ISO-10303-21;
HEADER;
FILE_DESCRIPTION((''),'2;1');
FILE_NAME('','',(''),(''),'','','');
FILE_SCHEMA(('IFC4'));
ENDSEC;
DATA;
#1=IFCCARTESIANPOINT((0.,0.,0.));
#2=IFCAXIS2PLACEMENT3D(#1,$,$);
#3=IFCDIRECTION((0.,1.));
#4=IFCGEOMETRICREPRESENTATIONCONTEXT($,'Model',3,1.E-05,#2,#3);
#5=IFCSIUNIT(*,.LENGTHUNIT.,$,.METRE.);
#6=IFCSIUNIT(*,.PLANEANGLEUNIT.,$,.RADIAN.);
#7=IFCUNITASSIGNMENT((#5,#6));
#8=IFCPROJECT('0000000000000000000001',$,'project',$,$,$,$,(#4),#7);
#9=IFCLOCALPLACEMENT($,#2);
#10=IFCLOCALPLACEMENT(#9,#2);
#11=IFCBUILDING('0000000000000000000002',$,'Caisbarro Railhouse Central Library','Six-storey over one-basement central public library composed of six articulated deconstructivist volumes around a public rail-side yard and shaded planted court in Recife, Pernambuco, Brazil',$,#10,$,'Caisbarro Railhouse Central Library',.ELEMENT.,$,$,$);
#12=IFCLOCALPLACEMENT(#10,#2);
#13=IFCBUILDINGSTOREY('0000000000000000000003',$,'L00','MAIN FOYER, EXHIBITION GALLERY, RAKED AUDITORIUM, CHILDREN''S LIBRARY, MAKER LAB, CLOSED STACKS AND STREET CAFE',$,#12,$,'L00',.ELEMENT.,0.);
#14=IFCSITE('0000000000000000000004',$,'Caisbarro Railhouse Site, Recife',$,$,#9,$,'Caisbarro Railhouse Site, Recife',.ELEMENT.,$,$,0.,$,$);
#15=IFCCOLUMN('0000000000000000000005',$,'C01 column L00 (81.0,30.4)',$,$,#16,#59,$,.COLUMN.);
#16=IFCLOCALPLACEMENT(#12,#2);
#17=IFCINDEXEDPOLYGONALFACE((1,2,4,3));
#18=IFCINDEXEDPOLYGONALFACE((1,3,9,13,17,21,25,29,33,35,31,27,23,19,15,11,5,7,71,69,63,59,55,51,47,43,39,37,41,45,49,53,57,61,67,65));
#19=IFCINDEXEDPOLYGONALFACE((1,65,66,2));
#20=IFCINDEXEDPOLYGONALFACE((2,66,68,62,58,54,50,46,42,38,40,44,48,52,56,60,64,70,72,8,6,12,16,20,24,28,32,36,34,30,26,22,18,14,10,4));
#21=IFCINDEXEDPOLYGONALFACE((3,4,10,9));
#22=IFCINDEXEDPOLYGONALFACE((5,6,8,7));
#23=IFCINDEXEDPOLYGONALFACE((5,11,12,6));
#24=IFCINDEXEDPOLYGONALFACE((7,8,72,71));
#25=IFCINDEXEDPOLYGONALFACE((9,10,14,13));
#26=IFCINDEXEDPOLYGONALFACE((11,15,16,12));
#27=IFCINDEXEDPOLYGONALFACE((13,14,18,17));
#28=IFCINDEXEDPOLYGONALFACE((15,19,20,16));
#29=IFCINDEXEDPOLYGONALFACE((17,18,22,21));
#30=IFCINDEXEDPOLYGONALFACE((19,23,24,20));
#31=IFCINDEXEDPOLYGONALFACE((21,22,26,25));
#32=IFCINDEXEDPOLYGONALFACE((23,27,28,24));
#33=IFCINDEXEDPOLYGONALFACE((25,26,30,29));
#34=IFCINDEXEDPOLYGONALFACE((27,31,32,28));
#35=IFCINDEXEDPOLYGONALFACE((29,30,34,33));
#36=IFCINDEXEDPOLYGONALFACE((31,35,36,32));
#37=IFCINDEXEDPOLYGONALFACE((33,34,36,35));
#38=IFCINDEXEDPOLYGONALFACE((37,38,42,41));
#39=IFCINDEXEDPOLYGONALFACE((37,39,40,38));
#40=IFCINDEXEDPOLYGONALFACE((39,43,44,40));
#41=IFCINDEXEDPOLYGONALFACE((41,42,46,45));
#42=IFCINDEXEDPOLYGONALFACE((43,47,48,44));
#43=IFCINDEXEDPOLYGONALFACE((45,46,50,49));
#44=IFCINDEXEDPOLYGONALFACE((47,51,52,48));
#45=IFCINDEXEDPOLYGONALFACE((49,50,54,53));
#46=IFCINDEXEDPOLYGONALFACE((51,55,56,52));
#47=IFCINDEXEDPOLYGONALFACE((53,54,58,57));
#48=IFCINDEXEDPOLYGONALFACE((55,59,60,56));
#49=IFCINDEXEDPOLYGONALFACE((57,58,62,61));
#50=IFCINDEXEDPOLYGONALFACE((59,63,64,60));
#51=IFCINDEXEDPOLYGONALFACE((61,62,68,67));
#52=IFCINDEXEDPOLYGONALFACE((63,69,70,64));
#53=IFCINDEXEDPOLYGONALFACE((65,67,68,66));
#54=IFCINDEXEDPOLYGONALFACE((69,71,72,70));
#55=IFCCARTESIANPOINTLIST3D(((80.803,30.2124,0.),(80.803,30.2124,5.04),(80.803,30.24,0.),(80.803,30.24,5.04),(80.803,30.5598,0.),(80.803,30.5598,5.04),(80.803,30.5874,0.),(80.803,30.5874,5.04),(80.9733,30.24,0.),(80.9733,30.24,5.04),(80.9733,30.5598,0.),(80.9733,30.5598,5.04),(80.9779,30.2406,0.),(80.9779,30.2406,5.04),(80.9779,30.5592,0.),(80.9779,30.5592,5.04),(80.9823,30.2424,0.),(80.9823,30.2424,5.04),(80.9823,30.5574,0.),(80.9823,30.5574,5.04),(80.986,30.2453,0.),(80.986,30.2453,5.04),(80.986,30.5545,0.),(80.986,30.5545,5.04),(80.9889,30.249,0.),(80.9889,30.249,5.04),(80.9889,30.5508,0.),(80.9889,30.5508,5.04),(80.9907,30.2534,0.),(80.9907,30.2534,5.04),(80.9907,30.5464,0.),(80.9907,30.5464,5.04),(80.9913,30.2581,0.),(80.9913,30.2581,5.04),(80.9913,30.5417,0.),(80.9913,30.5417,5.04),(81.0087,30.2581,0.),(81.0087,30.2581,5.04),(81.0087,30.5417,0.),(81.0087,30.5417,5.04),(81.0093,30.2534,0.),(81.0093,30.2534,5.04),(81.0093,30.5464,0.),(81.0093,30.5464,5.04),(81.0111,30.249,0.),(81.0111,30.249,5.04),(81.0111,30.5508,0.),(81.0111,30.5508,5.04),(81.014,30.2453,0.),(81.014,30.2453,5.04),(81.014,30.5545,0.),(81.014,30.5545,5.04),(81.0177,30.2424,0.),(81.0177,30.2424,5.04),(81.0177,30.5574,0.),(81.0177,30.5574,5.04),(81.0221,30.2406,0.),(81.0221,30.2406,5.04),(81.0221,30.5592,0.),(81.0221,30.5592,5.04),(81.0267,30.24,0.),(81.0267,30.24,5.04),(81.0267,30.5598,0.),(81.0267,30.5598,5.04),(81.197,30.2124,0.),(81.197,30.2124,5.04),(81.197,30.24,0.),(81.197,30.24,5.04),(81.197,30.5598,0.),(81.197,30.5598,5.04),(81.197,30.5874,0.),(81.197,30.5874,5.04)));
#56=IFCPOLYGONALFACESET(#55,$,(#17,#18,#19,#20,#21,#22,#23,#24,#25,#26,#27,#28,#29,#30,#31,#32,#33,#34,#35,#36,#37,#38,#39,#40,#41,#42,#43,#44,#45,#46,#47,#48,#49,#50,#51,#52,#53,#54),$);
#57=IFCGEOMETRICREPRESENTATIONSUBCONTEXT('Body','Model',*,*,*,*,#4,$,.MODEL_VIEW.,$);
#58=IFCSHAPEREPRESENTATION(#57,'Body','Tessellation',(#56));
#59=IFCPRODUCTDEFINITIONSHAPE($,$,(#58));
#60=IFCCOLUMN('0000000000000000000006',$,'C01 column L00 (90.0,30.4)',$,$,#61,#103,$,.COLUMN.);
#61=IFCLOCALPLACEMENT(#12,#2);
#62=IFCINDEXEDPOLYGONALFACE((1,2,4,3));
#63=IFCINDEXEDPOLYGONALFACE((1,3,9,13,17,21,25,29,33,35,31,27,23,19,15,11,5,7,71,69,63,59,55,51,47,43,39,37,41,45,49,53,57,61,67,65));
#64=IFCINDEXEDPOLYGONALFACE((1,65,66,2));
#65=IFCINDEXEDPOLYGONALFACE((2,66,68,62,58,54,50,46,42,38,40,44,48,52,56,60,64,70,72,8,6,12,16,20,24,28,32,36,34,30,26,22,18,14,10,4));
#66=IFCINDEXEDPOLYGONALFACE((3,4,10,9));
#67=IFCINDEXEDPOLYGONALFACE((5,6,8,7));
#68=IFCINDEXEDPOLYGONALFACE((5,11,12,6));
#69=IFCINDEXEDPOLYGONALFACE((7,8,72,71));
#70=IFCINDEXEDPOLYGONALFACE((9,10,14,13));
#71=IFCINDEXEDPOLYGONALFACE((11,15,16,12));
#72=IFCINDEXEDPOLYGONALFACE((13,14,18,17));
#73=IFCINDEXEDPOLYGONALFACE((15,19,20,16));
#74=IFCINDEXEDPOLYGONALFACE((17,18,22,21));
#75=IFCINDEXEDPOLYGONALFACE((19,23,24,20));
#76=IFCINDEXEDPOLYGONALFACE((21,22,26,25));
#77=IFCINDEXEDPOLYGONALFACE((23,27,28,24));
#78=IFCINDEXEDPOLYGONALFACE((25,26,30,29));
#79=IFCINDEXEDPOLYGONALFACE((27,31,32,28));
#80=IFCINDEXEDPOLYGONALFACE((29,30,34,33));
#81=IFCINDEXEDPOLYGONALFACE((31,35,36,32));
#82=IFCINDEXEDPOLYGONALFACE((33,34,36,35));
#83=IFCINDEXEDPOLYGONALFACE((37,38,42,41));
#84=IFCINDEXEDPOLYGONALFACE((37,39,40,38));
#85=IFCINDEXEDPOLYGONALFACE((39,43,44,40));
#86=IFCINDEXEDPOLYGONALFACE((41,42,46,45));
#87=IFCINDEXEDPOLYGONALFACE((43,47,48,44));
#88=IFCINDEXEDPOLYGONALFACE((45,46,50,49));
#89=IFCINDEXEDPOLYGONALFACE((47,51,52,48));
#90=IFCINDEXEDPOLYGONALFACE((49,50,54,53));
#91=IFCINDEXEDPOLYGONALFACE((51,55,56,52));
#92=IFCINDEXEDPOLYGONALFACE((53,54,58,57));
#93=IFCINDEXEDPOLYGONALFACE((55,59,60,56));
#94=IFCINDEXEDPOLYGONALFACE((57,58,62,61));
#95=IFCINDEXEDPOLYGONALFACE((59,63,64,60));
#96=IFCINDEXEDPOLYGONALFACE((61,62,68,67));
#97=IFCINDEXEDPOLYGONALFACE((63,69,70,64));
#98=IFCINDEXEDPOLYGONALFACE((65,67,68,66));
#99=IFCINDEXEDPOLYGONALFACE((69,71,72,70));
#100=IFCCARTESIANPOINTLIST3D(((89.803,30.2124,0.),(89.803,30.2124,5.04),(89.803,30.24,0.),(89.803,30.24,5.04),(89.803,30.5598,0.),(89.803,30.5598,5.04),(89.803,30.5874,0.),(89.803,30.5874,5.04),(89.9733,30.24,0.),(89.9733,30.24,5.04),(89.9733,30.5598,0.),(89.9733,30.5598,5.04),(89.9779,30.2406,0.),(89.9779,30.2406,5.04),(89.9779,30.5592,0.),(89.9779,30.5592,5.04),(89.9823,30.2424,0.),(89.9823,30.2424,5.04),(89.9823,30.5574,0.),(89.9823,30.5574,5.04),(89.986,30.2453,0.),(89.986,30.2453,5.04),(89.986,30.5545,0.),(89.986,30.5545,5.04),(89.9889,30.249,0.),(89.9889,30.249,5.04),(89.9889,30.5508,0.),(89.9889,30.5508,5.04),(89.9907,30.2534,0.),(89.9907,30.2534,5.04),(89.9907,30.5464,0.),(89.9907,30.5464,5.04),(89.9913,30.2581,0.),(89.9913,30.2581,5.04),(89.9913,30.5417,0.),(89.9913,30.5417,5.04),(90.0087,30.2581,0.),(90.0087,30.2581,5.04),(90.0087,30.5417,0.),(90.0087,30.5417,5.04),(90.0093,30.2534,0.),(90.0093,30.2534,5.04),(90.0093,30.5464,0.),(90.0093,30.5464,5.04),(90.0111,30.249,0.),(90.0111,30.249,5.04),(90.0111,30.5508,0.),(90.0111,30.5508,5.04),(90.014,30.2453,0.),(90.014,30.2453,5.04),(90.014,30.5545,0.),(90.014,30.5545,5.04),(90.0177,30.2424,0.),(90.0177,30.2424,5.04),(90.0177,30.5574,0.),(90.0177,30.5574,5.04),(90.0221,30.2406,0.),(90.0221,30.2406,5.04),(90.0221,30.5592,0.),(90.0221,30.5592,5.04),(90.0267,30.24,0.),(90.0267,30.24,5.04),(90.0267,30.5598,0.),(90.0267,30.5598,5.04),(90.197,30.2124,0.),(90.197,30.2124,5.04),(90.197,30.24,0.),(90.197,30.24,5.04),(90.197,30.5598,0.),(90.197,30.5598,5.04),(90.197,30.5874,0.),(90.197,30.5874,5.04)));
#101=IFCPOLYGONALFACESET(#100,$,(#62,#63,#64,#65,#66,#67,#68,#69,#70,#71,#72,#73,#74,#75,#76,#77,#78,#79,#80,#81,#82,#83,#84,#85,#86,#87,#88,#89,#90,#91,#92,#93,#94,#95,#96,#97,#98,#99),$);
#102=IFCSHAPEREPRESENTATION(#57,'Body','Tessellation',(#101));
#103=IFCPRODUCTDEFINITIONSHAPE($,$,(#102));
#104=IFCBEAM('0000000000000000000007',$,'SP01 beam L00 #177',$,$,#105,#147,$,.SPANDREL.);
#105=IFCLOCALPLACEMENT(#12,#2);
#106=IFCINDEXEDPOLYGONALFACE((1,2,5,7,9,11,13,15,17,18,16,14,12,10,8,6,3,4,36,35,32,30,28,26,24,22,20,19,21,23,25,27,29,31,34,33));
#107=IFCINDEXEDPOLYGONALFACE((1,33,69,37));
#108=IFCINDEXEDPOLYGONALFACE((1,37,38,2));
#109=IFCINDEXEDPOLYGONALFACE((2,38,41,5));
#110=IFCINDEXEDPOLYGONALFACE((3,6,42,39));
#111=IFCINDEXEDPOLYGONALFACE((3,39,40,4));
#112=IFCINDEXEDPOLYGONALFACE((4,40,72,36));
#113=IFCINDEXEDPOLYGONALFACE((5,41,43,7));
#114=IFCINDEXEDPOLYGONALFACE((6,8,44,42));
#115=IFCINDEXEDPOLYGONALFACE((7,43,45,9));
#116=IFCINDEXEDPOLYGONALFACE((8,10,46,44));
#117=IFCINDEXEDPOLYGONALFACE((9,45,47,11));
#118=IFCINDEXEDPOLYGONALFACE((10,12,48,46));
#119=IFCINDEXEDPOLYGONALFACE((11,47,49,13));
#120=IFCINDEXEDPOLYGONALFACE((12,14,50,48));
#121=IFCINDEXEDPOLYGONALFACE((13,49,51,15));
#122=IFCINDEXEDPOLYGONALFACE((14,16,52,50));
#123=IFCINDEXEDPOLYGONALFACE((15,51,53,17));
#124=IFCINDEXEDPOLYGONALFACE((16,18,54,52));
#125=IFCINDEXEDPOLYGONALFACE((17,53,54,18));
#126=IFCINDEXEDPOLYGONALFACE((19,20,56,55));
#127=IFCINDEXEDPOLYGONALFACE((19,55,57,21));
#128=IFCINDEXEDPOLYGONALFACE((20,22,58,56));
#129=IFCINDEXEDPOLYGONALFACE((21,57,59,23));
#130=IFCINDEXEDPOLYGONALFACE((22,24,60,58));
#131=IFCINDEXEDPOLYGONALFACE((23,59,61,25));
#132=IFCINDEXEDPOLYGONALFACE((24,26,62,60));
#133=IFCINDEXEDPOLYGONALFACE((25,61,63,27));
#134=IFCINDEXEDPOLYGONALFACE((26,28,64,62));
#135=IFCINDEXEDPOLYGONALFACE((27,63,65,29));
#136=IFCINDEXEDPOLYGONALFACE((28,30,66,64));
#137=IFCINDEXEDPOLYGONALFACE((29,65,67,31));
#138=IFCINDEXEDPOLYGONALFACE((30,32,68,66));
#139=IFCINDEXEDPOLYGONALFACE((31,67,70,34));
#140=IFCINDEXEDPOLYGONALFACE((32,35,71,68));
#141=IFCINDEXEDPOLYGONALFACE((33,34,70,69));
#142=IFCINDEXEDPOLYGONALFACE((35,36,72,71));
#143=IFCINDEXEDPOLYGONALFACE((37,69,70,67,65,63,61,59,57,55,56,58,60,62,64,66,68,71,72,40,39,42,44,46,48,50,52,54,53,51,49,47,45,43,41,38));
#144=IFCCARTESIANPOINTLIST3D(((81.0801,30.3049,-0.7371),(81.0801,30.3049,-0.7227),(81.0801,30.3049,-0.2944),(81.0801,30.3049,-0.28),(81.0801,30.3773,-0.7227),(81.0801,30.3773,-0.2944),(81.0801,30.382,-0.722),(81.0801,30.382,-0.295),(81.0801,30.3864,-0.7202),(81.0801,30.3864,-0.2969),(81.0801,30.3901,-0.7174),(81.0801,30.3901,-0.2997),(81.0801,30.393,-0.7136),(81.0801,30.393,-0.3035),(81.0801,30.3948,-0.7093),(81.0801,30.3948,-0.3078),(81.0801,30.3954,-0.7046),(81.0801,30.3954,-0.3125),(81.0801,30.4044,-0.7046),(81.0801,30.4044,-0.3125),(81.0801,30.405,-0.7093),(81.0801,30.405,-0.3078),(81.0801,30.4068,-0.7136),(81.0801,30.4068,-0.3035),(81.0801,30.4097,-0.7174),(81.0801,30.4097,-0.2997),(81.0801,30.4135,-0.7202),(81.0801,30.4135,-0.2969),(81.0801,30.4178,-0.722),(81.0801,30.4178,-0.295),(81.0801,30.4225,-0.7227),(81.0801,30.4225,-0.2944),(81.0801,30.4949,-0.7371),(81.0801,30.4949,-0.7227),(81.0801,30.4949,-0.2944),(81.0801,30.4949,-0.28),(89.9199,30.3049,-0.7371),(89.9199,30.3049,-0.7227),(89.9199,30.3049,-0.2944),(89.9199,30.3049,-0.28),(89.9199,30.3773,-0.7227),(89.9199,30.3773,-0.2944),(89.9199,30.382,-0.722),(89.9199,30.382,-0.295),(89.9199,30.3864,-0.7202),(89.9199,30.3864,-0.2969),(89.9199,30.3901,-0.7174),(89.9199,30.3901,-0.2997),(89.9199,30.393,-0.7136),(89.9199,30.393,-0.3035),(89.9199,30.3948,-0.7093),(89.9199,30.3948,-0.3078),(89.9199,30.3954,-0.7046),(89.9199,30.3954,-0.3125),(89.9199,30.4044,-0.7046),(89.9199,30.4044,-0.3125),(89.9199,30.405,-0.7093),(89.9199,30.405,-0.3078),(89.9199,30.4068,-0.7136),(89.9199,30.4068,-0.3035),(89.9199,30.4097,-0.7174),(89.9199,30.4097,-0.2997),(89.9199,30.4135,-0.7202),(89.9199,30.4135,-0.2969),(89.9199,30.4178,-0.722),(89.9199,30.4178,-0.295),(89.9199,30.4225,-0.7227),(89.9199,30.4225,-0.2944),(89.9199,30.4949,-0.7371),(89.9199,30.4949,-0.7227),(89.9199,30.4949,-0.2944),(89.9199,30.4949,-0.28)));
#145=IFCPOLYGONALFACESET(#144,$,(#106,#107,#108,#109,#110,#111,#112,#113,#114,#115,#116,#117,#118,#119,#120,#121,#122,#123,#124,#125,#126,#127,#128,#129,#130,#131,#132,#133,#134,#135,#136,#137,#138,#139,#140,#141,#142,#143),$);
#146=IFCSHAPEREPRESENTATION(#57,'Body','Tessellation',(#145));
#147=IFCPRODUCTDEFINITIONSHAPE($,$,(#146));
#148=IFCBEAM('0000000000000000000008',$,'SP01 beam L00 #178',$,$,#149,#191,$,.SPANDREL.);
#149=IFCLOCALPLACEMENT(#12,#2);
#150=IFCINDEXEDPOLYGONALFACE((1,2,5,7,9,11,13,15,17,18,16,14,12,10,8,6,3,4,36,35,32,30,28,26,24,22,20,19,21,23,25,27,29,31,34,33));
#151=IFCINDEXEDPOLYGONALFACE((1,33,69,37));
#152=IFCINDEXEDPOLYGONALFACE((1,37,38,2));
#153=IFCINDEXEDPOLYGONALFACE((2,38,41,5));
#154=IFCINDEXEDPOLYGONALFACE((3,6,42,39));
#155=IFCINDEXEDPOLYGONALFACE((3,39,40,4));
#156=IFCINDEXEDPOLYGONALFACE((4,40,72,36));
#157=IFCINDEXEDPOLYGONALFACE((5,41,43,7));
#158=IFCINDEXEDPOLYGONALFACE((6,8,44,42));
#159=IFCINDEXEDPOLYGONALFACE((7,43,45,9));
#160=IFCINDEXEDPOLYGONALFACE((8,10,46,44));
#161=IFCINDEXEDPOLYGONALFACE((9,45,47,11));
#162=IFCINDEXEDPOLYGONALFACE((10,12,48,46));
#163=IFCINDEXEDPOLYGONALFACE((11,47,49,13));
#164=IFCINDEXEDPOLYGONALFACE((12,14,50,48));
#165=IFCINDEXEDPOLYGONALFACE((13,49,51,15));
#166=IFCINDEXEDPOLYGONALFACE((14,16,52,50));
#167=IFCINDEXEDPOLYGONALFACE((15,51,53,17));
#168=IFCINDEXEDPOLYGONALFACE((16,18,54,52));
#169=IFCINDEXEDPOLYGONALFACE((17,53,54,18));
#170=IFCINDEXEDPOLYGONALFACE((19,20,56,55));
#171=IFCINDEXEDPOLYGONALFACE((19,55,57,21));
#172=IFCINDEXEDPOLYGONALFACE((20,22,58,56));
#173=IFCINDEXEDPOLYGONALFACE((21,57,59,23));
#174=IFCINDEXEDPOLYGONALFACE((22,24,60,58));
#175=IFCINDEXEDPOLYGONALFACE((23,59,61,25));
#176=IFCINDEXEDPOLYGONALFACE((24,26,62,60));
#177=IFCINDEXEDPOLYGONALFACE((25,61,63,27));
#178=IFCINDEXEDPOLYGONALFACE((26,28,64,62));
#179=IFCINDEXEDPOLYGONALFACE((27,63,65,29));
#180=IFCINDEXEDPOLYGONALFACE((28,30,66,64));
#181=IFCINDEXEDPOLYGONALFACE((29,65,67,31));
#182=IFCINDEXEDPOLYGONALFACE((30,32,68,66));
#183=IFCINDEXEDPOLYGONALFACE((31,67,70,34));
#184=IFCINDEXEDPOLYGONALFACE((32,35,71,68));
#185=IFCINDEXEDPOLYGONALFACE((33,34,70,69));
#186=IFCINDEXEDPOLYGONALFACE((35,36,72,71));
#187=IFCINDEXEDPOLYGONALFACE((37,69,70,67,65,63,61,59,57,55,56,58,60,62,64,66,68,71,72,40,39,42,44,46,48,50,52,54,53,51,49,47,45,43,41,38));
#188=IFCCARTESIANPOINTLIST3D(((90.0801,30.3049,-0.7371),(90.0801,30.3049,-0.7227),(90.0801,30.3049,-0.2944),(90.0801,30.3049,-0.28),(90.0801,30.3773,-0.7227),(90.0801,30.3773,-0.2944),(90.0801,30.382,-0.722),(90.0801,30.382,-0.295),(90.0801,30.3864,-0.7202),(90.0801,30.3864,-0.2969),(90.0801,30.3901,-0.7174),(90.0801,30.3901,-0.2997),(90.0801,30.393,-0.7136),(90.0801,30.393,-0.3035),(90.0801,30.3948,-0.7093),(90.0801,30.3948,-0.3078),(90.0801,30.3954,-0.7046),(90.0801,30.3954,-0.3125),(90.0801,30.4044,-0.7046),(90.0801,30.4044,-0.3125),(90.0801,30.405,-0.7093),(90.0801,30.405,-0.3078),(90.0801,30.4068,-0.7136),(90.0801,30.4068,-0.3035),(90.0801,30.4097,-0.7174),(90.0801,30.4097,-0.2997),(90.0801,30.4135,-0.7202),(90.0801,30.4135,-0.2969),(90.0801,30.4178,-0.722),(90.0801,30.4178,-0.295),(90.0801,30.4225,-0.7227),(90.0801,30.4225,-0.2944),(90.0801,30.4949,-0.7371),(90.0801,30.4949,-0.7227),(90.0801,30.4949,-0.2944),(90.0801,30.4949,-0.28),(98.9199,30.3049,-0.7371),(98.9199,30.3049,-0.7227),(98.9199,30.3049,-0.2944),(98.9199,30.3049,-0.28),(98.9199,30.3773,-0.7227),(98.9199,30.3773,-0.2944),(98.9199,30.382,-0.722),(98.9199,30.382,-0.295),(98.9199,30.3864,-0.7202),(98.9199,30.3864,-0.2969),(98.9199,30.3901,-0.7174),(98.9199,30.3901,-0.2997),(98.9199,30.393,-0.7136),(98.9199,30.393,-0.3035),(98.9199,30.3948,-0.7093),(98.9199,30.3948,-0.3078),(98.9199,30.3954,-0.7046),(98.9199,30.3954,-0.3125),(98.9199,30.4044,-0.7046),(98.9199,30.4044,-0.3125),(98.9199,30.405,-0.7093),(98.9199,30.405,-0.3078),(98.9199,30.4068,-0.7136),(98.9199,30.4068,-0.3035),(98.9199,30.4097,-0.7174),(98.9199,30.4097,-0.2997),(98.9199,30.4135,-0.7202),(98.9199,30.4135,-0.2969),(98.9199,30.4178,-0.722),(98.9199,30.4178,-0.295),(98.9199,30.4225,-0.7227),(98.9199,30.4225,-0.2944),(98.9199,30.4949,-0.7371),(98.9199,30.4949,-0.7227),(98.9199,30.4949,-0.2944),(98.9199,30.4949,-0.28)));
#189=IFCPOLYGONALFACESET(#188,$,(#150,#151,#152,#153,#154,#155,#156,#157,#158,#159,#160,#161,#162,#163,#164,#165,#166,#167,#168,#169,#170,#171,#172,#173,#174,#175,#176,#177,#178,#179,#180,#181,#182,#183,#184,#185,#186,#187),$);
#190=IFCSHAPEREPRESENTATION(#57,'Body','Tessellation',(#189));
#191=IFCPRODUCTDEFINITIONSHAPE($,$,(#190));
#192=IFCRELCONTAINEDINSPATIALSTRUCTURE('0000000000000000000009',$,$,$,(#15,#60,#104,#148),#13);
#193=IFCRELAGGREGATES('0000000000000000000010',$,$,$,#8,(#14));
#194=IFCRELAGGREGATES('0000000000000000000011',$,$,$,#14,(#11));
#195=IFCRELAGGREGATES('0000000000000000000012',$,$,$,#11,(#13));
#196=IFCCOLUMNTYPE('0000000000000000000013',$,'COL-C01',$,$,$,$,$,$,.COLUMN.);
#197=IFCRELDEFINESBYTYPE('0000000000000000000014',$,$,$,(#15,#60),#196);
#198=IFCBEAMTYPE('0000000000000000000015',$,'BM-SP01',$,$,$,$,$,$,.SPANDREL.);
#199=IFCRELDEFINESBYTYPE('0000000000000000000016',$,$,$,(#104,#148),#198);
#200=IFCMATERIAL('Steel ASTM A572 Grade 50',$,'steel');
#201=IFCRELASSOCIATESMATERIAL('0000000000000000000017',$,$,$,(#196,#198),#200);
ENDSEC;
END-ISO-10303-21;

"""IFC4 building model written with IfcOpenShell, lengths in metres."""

from ifc_helpers import new_model, si_unit, direction, frame, origin, origin_2d, place, context, subcontext, project, spatial, i_section, extrude, material, material_profile, profile_set, type_object, element, save


model = new_model("IFC4")

# Units and contexts
model_context = context("Model", 3, precision=1e-05, world=origin(), true_north=direction((0.0, 1.0)))
body_context = subcontext(model_context, "Body", "Model", "MODEL_VIEW")
ifc_project = project(units=[si_unit("LENGTHUNIT", "METRE"), si_unit("PLANEANGLEUNIT", "RADIAN")], contexts=[model_context])

# Site, building, storey
site_placement = place(None, origin())
site = spatial("IfcSite", under=ifc_project, at=site_placement, Name="Caisbarro Railhouse Site, Recife", LongName="Caisbarro Railhouse Site, Recife", CompositionType="ELEMENT", RefElevation=0.0)
building_placement = place(site_placement, origin())
building = spatial("IfcBuilding", under=site, at=building_placement, Name="Caisbarro Railhouse Central Library", Description="Six-storey over one-basement central public library composed of six articulated deconstructivist volumes around a public rail-side yard and shaded planted court in Recife, Pernambuco, Brazil", LongName="Caisbarro Railhouse Central Library", CompositionType="ELEMENT")
storey_placement = place(building_placement, origin())
storey = spatial("IfcBuildingStorey", under=building, at=storey_placement, Name="L00", Description="MAIN FOYER, EXHIBITION GALLERY, RAKED AUDITORIUM, CHILDREN'S LIBRARY, MAKER LAB, CLOSED STACKS AND STREET CAFE", LongName="L00", CompositionType="ELEMENT", Elevation=0.0)

# Columns
ifc_material_1 = material(Name="Steel ASTM A572 Grade 50", Category="steel")
ifc_material_profile_1 = material_profile(ifc_material_1, i_section(OverallWidth=0.394, OverallDepth=0.375, WebThickness=0.0173, FlangeThickness=0.0276, FilletRadius=0.0181, at=origin_2d()), Name="W360X216.0")
ifc_profile_set_1 = profile_set([ifc_material_profile_1], Name="Steel ASTM A572 Grade 50")
column_type = type_object("IfcColumnType", Name="COL-C01", PredefinedType="COLUMN", material=ifc_profile_set_1)
for number, where, z_axis, x_axis, name in (
    (1, (81.0, 30.3999, 0.0), (0.0, 0.0, 1.0), (1.0, 0.0, 0.0), "C01 column L00 (81.0,30.4)"),
    (2, (90.0, 30.3999, 0.0), (0.0, 0.0, 1.0), (1.0, 0.0, 0.0), "C01 column L00 (90.0,30.4)"),
):
    element("IfcColumn", number, at=place(storey_placement, frame(where, z_axis=z_axis, x_axis=x_axis)), inside=storey, type_object=column_type, Name=name, PredefinedType="COLUMN", context=body_context, shape_type="SweptSolid", body=[
        extrude(i_section(OverallWidth=0.394, OverallDepth=0.375, WebThickness=0.0173, FlangeThickness=0.0276, FilletRadius=0.0181, at=origin_2d()), origin(), (0.0, 0.0, 1.0), 5.04),
    ])

# Beams
ifc_material_profile_2 = material_profile(ifc_material_1, i_section(OverallWidth=0.1899, OverallDepth=0.457, WebThickness=0.009, FlangeThickness=0.0144, FilletRadius=0.0181, at=origin_2d()), Name="W460X74.0")
ifc_profile_set_2 = profile_set([ifc_material_profile_2], Name="Steel ASTM A572 Grade 50")
beam_type = type_object("IfcBeamType", Name="BM-SP01", PredefinedType="SPANDREL", material=ifc_profile_set_2)
for number, where, z_axis, x_axis, name in (
    (3, (81.0801, 30.3999, -0.5085), (1.0, 0.0, 0.0), (0.0, 1.0, 0.0), "SP01 beam L00 #177"),
    (4, (90.0801, 30.3999, -0.5085), (1.0, 0.0, 0.0), (0.0, 1.0, 0.0), "SP01 beam L00 #178"),
):
    element("IfcBeam", number, at=place(storey_placement, frame(where, z_axis=z_axis, x_axis=x_axis)), inside=storey, type_object=beam_type, Name=name, PredefinedType="SPANDREL", context=body_context, shape_type="SweptSolid", body=[
        extrude(i_section(OverallWidth=0.1899, OverallDepth=0.457, WebThickness=0.009, FlangeThickness=0.0144, FilletRadius=0.0181, at=origin_2d()), origin(), (0.0, 0.0, 1.0), 8.8398),
    ])

save(model, "model.ifc")
